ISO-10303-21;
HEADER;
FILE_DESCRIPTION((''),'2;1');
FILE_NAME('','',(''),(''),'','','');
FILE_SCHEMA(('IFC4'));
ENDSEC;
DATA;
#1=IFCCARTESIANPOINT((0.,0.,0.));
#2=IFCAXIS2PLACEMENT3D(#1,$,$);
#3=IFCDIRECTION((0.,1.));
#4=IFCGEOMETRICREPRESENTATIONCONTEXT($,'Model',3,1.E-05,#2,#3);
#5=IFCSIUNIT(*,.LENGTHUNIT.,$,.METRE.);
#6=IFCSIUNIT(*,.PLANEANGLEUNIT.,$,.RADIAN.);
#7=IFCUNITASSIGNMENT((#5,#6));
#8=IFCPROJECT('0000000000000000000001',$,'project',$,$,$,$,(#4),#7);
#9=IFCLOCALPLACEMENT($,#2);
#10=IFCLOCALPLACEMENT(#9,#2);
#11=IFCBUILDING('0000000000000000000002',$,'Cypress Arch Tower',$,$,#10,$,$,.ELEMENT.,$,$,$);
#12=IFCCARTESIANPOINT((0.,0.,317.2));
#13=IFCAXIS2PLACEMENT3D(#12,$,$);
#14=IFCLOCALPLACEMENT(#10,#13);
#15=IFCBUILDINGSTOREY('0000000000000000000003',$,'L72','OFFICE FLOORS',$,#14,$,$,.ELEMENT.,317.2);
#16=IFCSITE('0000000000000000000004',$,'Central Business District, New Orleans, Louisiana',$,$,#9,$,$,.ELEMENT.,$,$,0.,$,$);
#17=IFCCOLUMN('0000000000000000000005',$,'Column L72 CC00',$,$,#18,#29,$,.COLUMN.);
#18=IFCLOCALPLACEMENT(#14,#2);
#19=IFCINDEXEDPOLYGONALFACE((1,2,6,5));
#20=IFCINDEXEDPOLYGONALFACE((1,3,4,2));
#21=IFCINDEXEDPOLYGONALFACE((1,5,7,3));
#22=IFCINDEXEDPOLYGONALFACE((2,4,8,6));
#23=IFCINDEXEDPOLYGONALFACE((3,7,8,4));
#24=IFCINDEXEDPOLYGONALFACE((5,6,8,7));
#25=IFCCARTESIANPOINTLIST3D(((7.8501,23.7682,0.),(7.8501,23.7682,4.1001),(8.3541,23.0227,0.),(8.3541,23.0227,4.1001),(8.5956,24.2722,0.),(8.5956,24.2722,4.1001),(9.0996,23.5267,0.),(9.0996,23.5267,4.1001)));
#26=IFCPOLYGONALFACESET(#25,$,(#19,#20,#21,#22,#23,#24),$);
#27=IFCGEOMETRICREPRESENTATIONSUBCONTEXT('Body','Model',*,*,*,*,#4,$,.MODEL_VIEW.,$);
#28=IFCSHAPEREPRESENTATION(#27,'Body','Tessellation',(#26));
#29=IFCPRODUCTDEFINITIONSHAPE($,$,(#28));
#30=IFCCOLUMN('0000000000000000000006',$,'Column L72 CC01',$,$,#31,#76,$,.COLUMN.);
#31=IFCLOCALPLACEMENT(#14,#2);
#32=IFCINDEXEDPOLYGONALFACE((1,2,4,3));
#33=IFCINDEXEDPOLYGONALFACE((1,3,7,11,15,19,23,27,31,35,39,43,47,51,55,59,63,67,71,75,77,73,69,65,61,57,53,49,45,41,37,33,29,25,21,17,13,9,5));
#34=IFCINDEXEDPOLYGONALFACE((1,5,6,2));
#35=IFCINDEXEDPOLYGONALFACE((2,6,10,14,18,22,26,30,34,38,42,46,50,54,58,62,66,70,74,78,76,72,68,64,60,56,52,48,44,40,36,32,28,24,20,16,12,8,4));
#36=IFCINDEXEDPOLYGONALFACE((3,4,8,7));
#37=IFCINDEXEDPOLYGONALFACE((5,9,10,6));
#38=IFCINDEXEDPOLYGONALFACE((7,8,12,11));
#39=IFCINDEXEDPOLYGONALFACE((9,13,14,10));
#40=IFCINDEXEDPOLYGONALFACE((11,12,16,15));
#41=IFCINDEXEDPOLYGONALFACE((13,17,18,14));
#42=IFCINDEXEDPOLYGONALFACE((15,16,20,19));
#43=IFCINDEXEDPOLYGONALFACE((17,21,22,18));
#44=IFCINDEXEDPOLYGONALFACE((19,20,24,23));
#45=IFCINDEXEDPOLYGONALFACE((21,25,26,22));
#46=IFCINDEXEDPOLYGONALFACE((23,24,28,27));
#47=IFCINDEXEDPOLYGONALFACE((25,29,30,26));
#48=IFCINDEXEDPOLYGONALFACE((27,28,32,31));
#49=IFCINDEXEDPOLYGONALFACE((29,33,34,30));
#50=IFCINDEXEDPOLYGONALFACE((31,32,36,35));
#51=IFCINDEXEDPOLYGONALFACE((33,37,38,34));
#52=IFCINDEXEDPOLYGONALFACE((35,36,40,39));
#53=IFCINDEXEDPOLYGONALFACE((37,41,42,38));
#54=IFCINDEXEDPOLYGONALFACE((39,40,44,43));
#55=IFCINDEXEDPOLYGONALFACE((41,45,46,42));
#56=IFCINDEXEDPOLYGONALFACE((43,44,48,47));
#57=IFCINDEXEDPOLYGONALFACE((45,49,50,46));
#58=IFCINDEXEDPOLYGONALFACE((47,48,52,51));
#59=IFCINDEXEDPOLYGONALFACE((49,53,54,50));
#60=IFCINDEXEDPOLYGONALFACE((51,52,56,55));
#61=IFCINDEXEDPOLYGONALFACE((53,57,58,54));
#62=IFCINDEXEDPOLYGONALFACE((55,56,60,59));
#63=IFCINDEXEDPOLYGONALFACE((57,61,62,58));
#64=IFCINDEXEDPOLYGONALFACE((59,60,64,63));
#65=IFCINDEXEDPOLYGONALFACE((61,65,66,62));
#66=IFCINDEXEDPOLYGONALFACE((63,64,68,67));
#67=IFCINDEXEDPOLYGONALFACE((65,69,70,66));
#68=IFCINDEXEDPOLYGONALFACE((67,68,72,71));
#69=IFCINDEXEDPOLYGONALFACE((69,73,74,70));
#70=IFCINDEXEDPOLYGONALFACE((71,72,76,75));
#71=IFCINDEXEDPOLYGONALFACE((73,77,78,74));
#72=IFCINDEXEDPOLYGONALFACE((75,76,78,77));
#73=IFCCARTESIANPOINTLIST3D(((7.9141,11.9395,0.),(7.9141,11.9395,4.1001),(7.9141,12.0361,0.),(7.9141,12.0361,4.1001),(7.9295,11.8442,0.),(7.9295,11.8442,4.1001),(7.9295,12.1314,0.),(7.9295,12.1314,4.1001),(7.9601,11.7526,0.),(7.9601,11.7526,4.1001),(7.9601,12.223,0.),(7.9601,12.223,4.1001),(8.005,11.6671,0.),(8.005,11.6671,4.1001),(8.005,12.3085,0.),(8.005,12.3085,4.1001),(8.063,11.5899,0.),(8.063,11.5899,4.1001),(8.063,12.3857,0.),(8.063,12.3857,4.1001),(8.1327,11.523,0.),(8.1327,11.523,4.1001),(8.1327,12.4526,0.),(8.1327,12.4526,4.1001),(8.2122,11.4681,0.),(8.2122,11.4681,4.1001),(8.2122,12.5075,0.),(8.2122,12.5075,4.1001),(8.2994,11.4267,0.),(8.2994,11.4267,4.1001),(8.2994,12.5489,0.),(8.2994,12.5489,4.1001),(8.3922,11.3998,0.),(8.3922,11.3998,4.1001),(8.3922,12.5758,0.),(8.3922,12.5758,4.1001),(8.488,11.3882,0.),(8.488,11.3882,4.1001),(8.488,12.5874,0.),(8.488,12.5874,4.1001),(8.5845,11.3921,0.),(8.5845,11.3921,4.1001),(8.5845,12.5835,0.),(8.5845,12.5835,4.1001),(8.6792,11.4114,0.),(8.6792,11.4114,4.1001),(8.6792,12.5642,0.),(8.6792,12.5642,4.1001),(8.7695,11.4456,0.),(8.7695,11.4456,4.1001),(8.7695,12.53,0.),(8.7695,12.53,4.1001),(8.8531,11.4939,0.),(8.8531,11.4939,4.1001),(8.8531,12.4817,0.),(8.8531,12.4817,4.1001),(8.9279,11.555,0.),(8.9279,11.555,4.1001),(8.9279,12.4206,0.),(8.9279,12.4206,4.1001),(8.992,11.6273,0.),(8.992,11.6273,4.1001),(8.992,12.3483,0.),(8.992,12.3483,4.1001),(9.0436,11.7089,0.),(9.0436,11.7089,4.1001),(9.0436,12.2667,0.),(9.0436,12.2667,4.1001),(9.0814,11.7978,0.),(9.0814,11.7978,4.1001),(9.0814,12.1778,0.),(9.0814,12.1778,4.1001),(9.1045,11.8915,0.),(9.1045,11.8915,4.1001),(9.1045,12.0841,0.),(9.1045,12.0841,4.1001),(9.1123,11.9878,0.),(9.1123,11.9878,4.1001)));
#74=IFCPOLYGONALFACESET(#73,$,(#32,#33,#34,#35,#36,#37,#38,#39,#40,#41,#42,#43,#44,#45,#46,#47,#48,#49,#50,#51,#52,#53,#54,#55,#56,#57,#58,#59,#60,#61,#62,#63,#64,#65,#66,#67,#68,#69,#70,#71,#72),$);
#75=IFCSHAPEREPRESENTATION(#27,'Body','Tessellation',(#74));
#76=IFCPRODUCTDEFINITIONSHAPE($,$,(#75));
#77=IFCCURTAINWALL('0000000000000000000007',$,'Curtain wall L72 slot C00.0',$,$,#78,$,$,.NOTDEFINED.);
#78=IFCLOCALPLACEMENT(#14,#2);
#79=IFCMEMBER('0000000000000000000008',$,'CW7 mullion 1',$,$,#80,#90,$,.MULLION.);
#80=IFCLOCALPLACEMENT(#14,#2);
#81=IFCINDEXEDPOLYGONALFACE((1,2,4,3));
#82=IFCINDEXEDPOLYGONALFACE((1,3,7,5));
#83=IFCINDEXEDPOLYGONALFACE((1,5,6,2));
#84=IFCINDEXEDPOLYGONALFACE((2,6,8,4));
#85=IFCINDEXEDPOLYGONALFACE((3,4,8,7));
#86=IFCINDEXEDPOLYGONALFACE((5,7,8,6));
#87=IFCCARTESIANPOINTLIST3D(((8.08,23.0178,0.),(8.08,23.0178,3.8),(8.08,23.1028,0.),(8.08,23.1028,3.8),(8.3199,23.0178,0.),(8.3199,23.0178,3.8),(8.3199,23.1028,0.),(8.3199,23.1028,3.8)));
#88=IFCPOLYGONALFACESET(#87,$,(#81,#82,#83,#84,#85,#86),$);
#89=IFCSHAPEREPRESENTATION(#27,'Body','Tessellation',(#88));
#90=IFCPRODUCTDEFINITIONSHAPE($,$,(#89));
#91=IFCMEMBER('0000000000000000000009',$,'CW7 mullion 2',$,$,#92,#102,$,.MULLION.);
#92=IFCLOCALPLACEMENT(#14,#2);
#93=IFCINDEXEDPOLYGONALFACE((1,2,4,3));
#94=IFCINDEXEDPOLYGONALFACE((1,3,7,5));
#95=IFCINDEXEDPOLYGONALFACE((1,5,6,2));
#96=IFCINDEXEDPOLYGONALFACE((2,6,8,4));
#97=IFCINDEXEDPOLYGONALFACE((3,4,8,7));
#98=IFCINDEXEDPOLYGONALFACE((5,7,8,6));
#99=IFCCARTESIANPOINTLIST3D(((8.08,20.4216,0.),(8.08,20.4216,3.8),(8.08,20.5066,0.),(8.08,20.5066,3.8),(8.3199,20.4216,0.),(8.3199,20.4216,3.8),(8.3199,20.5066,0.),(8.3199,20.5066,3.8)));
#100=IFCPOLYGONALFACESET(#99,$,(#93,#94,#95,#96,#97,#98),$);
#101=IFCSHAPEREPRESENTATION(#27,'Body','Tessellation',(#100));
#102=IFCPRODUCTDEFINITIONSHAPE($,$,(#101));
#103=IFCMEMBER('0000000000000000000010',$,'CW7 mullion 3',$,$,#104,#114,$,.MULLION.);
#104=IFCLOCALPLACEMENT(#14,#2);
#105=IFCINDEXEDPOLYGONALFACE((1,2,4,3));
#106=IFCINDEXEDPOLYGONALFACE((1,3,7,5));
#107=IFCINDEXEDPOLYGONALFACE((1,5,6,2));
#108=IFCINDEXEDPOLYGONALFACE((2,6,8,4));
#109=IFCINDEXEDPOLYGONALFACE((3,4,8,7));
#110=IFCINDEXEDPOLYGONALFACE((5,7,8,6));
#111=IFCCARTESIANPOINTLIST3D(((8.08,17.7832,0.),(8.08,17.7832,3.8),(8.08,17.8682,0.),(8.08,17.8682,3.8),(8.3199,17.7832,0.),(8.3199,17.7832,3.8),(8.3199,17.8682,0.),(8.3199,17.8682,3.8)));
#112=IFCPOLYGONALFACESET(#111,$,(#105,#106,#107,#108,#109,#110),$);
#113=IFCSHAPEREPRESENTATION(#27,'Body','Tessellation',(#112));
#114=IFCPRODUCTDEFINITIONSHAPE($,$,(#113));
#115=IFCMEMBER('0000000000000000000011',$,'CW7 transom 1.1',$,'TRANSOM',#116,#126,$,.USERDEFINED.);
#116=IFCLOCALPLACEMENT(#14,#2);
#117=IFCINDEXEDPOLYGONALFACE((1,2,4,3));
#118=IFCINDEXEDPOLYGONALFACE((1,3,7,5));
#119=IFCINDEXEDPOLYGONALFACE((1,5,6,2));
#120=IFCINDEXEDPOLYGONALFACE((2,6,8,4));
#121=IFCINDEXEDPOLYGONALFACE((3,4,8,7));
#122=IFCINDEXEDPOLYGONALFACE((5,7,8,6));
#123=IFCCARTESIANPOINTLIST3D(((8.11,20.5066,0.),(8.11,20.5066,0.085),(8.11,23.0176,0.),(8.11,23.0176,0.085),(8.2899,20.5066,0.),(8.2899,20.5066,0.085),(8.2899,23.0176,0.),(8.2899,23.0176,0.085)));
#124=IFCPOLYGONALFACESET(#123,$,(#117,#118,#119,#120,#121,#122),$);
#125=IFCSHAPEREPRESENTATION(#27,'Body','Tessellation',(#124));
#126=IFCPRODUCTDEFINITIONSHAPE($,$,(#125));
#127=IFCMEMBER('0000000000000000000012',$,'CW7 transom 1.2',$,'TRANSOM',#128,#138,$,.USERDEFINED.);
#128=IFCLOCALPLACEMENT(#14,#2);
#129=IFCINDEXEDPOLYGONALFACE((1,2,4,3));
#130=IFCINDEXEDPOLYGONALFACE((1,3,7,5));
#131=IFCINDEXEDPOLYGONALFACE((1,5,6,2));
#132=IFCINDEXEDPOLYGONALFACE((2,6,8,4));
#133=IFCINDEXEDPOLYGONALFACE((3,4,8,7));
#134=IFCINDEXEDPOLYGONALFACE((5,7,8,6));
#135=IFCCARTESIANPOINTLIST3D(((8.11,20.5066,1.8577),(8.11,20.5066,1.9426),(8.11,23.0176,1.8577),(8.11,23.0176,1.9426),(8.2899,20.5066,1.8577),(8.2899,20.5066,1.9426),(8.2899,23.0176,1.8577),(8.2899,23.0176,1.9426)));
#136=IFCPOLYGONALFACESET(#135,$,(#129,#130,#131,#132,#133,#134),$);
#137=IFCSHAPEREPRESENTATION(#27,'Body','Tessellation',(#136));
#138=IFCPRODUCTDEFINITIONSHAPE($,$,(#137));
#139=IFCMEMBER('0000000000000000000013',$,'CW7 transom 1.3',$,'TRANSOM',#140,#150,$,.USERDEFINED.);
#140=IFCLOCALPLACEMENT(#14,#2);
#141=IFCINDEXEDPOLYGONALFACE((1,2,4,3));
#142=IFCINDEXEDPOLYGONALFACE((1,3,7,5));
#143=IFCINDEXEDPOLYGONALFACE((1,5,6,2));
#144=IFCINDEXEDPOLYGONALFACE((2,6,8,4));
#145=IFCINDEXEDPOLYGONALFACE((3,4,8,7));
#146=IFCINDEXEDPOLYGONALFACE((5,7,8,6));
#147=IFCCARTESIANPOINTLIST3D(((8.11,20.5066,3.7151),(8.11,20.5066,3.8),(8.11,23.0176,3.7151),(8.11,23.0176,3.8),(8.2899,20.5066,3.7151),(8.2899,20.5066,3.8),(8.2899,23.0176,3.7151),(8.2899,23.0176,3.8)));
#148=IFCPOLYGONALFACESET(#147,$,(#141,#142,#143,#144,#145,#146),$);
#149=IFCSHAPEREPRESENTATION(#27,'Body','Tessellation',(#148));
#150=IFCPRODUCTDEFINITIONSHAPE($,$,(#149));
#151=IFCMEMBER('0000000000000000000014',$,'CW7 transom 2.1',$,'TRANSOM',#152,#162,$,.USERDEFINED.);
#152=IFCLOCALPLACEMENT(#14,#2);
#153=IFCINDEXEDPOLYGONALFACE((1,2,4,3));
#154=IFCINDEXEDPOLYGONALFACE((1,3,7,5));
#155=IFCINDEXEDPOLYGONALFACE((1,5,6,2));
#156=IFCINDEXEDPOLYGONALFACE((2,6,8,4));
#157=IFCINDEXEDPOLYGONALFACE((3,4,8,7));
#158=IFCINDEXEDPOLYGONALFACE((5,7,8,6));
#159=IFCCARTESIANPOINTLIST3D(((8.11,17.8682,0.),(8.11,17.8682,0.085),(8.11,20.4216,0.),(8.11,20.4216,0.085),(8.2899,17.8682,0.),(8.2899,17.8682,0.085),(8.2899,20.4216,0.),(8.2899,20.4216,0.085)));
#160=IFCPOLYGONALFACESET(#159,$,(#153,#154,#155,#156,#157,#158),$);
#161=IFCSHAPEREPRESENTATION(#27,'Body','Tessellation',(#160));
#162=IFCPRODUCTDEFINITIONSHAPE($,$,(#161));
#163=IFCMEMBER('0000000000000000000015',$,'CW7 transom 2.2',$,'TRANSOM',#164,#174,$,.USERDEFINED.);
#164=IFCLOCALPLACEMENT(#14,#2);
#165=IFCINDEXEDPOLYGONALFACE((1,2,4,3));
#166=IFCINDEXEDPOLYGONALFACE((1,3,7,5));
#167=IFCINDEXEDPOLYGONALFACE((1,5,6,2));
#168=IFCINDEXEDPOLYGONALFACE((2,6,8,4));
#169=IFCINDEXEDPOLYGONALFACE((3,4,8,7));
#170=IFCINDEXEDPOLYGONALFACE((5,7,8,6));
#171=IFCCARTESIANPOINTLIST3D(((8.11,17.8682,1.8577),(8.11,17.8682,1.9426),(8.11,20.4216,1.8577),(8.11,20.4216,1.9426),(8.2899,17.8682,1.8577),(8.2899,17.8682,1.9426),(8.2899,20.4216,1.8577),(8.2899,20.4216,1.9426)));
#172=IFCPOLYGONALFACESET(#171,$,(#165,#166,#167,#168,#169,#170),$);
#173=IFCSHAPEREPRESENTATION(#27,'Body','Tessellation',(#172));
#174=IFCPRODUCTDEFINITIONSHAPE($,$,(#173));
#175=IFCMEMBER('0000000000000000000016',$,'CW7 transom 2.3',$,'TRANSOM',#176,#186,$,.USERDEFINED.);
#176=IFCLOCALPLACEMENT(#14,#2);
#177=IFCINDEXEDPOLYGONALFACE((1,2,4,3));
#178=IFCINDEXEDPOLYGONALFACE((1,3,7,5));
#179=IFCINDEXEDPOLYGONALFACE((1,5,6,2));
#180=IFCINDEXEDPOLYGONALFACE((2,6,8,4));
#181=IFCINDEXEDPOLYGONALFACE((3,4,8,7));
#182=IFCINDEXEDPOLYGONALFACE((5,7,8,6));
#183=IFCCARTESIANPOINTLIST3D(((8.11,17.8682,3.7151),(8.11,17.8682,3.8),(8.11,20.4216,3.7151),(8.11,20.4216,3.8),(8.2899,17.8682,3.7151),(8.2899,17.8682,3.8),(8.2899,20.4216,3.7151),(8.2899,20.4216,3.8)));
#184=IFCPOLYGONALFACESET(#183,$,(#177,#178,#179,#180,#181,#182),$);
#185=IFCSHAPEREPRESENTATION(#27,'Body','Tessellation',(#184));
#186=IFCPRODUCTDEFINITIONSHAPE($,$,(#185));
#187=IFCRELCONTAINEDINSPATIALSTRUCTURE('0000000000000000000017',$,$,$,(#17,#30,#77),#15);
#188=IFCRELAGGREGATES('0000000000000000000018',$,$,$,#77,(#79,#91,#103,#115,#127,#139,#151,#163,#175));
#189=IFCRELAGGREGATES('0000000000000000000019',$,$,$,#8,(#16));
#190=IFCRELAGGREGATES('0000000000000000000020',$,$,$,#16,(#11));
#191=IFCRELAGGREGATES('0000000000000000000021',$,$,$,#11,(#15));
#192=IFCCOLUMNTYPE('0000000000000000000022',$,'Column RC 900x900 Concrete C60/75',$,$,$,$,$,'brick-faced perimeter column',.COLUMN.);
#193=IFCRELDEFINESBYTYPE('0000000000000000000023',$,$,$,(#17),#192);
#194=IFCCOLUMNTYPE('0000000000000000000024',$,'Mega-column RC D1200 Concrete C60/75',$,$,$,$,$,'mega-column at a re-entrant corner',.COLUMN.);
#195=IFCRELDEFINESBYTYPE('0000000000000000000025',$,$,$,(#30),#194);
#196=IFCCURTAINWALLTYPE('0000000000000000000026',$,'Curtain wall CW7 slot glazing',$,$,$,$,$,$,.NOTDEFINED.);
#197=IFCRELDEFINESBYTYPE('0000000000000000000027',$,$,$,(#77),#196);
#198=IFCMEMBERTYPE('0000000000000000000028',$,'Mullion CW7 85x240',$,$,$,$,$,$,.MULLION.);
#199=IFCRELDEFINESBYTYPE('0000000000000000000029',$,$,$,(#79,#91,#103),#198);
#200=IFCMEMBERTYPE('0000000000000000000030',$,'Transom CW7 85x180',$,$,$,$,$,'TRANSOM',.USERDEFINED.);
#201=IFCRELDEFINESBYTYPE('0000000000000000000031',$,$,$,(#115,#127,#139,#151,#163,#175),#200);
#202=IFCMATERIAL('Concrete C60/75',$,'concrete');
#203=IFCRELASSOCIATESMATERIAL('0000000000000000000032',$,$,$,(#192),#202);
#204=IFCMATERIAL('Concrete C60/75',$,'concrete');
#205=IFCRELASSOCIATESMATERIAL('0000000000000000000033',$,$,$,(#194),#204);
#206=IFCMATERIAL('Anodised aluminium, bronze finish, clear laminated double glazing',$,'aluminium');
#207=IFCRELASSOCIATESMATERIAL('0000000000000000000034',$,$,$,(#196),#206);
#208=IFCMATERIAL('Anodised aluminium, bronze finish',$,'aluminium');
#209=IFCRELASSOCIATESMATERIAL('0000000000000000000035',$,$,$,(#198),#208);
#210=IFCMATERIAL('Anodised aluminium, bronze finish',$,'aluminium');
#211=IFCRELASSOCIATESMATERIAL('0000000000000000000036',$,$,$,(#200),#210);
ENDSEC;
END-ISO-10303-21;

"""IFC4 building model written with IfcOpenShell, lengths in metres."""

from ifc_helpers import new_model, si_unit, direction, frame, origin, origin_2d, place, context, subcontext, project, spatial, rectangle, circle, extrude, material, material_profile, profile_set, type_object, element, aggregate, save


model = new_model("IFC4")

# Units and contexts
model_context = context("Model", 3, precision=1e-05, world=origin(), true_north=direction((0.0, 1.0)))
body_context = subcontext(model_context, "Body", "Model", "MODEL_VIEW")
ifc_project = project(units=[si_unit("LENGTHUNIT", "METRE"), si_unit("PLANEANGLEUNIT", "RADIAN")], contexts=[model_context])

# Site, building, storey
site_placement = place(None, origin())
site = spatial("IfcSite", under=ifc_project, at=site_placement, Name="Central Business District, New Orleans, Louisiana", CompositionType="ELEMENT", RefElevation=0.0)
building_placement = place(site_placement, origin())
building = spatial("IfcBuilding", under=site, at=building_placement, Name="Cypress Arch Tower", CompositionType="ELEMENT")
storey_placement = place(building_placement, frame((0.0, 0.0, 317.2)))
storey = spatial("IfcBuildingStorey", under=building, at=storey_placement, Name="L72", Description="OFFICE FLOORS", CompositionType="ELEMENT", Elevation=317.2)

# Columns
ifc_material_1 = material(Name="Concrete C60/75", Category="concrete")
ifc_material_profile_1 = material_profile(ifc_material_1, rectangle(XDim=0.8999, YDim=0.8999, at=origin_2d()), Name="RC 900x900")
ifc_profile_set_1 = profile_set([ifc_material_profile_1], Name="Concrete C60/75")
column_type_1 = type_object("IfcColumnType", Name="Column RC 900x900 Concrete C60/75", ElementType="brick-faced perimeter column", PredefinedType="COLUMN", material=ifc_profile_set_1)
column_1_placement = place(storey_placement, frame((8.4749, 23.6475, 0.0), z_axis=(0.0, 0.0, 1.0), x_axis=(-0.82847, -0.560034, 0.0)))
element("IfcColumn", 1, at=column_1_placement, inside=storey, type_object=column_type_1, Name="Column L72 CC00", PredefinedType="COLUMN", context=body_context, shape_type="SweptSolid", body=[
    extrude(rectangle(XDim=0.8999, YDim=0.8999, at=origin_2d()), origin(), (0.0, 0.0, 1.0), 4.1001),
])
ifc_material_2 = material(Name="Concrete C60/75", Category="concrete")
ifc_material_profile_2 = material_profile(ifc_material_2, circle(Radius=0.6001, at=origin_2d()), Name="RC D1200")
ifc_profile_set_2 = profile_set([ifc_material_profile_2], Name="Concrete C60/75")
column_type_2 = type_object("IfcColumnType", Name="Mega-column RC D1200 Concrete C60/75", ElementType="mega-column at a re-entrant corner", PredefinedType="COLUMN", material=ifc_profile_set_2)
column_2_placement = place(storey_placement, frame((8.5122, 11.9878, 0.0), z_axis=(0.0, 0.0, 1.0), x_axis=(1.0, 0.0, 0.0)))
element("IfcColumn", 2, at=column_2_placement, inside=storey, type_object=column_type_2, Name="Column L72 CC01", PredefinedType="COLUMN", context=body_context, shape_type="SweptSolid", body=[
    extrude(circle(Radius=0.6001, at=origin_2d()), origin(), (0.0, 0.0, 1.0), 4.1001),
])

# Curtain wall, members
ifc_material_3 = material(Name="Anodised aluminium, bronze finish, clear laminated double glazing", Category="aluminium")
curtain_wall_type = type_object("IfcCurtainWallType", Name="Curtain wall CW7 slot glazing", PredefinedType="NOTDEFINED", material=ifc_material_3)
curtain_wall_placement = place(storey_placement, origin())
curtain_wall = element("IfcCurtainWall", 3, at=curtain_wall_placement, inside=storey, type_object=curtain_wall_type, Name="Curtain wall L72 slot C00.0", PredefinedType="NOTDEFINED")
ifc_material_4 = material(Name="Anodised aluminium, bronze finish", Category="aluminium")
ifc_material_profile_3 = material_profile(ifc_material_4, rectangle(XDim=0.24, YDim=0.085, at=origin_2d()), Name="Mullion 85x240")
ifc_profile_set_3 = profile_set([ifc_material_profile_3], Name="Anodised aluminium, bronze finish")
member_type_1 = type_object("IfcMemberType", Name="Mullion CW7 85x240", PredefinedType="MULLION", material=ifc_profile_set_3)
member_1_placement = place(storey_placement, frame((8.2, 23.0603, 0.0), z_axis=(0.0, 0.0, 1.0), x_axis=(1.0, 0.0, 0.0)))
member_1 = element("IfcMember", 4, at=member_1_placement, type_object=member_type_1, Name="CW7 mullion 1", PredefinedType="MULLION", context=body_context, shape_type="SweptSolid", body=[
    extrude(rectangle(XDim=0.24, YDim=0.085, at=origin_2d()), origin(), (0.0, 0.0, 1.0), 3.8),
])
member_2_placement = place(storey_placement, frame((8.2, 20.4641, 0.0), z_axis=(0.0, 0.0, 1.0), x_axis=(1.0, 0.0, 0.0)))
member_2 = element("IfcMember", 5, at=member_2_placement, type_object=member_type_1, Name="CW7 mullion 2", PredefinedType="MULLION", context=body_context, shape_type="SweptSolid", body=[
    extrude(rectangle(XDim=0.24, YDim=0.085, at=origin_2d()), origin(), (0.0, 0.0, 1.0), 3.8),
])
member_3_placement = place(storey_placement, frame((8.2, 17.8257, 0.0), z_axis=(0.0, 0.0, 1.0), x_axis=(1.0, 0.0, 0.0)))
member_3 = element("IfcMember", 6, at=member_3_placement, type_object=member_type_1, Name="CW7 mullion 3", PredefinedType="MULLION", context=body_context, shape_type="SweptSolid", body=[
    extrude(rectangle(XDim=0.24, YDim=0.085, at=origin_2d()), origin(), (0.0, 0.0, 1.0), 3.8),
])
ifc_material_5 = material(Name="Anodised aluminium, bronze finish", Category="aluminium")
ifc_material_profile_4 = material_profile(ifc_material_5, rectangle(XDim=0.1799, YDim=0.085, at=origin_2d()), Name="Transom 85x180")
ifc_profile_set_4 = profile_set([ifc_material_profile_4], Name="Anodised aluminium, bronze finish")
member_type_2 = type_object("IfcMemberType", Name="Transom CW7 85x180", ElementType="TRANSOM", PredefinedType="USERDEFINED", material=ifc_profile_set_4)
member_4_placement = place(storey_placement, frame((8.2, 23.0176, 0.0425), z_axis=(0.0, -1.0, 0.0), x_axis=(1.0, 0.0, 0.0)))
member_4 = element("IfcMember", 7, at=member_4_placement, type_object=member_type_2, Name="CW7 transom 1.1", ObjectType="TRANSOM", PredefinedType="USERDEFINED", context=body_context, shape_type="SweptSolid", body=[
    extrude(rectangle(XDim=0.1799, YDim=0.085, at=origin_2d()), origin(), (0.0, 0.0, 1.0), 2.511),
])
member_5_placement = place(storey_placement, frame((8.2, 23.0176, 1.9001), z_axis=(0.0, -1.0, 0.0), x_axis=(1.0, 0.0, 0.0)))
member_5 = element("IfcMember", 8, at=member_5_placement, type_object=member_type_2, Name="CW7 transom 1.2", ObjectType="TRANSOM", PredefinedType="USERDEFINED", context=body_context, shape_type="SweptSolid", body=[
    extrude(rectangle(XDim=0.1799, YDim=0.085, at=origin_2d()), origin(), (0.0, 0.0, 1.0), 2.511),
])
member_6_placement = place(storey_placement, frame((8.2, 23.0176, 3.7576), z_axis=(0.0, -1.0, 0.0), x_axis=(1.0, 0.0, 0.0)))
member_6 = element("IfcMember", 9, at=member_6_placement, type_object=member_type_2, Name="CW7 transom 1.3", ObjectType="TRANSOM", PredefinedType="USERDEFINED", context=body_context, shape_type="SweptSolid", body=[
    extrude(rectangle(XDim=0.1799, YDim=0.085, at=origin_2d()), origin(), (0.0, 0.0, 1.0), 2.511),
])
member_7_placement = place(storey_placement, frame((8.2, 20.4216, 0.0425), z_axis=(0.0, -1.0, 0.0), x_axis=(1.0, 0.0, 0.0)))
member_7 = element("IfcMember", 10, at=member_7_placement, type_object=member_type_2, Name="CW7 transom 2.1", ObjectType="TRANSOM", PredefinedType="USERDEFINED", context=body_context, shape_type="SweptSolid", body=[
    extrude(rectangle(XDim=0.1799, YDim=0.085, at=origin_2d()), origin(), (0.0, 0.0, 1.0), 2.5535),
])
member_8_placement = place(storey_placement, frame((8.2, 20.4216, 1.9001), z_axis=(0.0, -1.0, 0.0), x_axis=(1.0, 0.0, 0.0)))
member_8 = element("IfcMember", 11, at=member_8_placement, type_object=member_type_2, Name="CW7 transom 2.2", ObjectType="TRANSOM", PredefinedType="USERDEFINED", context=body_context, shape_type="SweptSolid", body=[
    extrude(rectangle(XDim=0.1799, YDim=0.085, at=origin_2d()), origin(), (0.0, 0.0, 1.0), 2.5535),
])
member_9_placement = place(storey_placement, frame((8.2, 20.4216, 3.7576), z_axis=(0.0, -1.0, 0.0), x_axis=(1.0, 0.0, 0.0)))
member_9 = element("IfcMember", 12, at=member_9_placement, type_object=member_type_2, Name="CW7 transom 2.3", ObjectType="TRANSOM", PredefinedType="USERDEFINED", context=body_context, shape_type="SweptSolid", body=[
    extrude(rectangle(XDim=0.1799, YDim=0.085, at=origin_2d()), origin(), (0.0, 0.0, 1.0), 2.5535),
])
aggregate(curtain_wall, [member_1, member_2, member_3, member_4, member_5, member_6, member_7, member_8, member_9])

save(model, "model.ifc")
